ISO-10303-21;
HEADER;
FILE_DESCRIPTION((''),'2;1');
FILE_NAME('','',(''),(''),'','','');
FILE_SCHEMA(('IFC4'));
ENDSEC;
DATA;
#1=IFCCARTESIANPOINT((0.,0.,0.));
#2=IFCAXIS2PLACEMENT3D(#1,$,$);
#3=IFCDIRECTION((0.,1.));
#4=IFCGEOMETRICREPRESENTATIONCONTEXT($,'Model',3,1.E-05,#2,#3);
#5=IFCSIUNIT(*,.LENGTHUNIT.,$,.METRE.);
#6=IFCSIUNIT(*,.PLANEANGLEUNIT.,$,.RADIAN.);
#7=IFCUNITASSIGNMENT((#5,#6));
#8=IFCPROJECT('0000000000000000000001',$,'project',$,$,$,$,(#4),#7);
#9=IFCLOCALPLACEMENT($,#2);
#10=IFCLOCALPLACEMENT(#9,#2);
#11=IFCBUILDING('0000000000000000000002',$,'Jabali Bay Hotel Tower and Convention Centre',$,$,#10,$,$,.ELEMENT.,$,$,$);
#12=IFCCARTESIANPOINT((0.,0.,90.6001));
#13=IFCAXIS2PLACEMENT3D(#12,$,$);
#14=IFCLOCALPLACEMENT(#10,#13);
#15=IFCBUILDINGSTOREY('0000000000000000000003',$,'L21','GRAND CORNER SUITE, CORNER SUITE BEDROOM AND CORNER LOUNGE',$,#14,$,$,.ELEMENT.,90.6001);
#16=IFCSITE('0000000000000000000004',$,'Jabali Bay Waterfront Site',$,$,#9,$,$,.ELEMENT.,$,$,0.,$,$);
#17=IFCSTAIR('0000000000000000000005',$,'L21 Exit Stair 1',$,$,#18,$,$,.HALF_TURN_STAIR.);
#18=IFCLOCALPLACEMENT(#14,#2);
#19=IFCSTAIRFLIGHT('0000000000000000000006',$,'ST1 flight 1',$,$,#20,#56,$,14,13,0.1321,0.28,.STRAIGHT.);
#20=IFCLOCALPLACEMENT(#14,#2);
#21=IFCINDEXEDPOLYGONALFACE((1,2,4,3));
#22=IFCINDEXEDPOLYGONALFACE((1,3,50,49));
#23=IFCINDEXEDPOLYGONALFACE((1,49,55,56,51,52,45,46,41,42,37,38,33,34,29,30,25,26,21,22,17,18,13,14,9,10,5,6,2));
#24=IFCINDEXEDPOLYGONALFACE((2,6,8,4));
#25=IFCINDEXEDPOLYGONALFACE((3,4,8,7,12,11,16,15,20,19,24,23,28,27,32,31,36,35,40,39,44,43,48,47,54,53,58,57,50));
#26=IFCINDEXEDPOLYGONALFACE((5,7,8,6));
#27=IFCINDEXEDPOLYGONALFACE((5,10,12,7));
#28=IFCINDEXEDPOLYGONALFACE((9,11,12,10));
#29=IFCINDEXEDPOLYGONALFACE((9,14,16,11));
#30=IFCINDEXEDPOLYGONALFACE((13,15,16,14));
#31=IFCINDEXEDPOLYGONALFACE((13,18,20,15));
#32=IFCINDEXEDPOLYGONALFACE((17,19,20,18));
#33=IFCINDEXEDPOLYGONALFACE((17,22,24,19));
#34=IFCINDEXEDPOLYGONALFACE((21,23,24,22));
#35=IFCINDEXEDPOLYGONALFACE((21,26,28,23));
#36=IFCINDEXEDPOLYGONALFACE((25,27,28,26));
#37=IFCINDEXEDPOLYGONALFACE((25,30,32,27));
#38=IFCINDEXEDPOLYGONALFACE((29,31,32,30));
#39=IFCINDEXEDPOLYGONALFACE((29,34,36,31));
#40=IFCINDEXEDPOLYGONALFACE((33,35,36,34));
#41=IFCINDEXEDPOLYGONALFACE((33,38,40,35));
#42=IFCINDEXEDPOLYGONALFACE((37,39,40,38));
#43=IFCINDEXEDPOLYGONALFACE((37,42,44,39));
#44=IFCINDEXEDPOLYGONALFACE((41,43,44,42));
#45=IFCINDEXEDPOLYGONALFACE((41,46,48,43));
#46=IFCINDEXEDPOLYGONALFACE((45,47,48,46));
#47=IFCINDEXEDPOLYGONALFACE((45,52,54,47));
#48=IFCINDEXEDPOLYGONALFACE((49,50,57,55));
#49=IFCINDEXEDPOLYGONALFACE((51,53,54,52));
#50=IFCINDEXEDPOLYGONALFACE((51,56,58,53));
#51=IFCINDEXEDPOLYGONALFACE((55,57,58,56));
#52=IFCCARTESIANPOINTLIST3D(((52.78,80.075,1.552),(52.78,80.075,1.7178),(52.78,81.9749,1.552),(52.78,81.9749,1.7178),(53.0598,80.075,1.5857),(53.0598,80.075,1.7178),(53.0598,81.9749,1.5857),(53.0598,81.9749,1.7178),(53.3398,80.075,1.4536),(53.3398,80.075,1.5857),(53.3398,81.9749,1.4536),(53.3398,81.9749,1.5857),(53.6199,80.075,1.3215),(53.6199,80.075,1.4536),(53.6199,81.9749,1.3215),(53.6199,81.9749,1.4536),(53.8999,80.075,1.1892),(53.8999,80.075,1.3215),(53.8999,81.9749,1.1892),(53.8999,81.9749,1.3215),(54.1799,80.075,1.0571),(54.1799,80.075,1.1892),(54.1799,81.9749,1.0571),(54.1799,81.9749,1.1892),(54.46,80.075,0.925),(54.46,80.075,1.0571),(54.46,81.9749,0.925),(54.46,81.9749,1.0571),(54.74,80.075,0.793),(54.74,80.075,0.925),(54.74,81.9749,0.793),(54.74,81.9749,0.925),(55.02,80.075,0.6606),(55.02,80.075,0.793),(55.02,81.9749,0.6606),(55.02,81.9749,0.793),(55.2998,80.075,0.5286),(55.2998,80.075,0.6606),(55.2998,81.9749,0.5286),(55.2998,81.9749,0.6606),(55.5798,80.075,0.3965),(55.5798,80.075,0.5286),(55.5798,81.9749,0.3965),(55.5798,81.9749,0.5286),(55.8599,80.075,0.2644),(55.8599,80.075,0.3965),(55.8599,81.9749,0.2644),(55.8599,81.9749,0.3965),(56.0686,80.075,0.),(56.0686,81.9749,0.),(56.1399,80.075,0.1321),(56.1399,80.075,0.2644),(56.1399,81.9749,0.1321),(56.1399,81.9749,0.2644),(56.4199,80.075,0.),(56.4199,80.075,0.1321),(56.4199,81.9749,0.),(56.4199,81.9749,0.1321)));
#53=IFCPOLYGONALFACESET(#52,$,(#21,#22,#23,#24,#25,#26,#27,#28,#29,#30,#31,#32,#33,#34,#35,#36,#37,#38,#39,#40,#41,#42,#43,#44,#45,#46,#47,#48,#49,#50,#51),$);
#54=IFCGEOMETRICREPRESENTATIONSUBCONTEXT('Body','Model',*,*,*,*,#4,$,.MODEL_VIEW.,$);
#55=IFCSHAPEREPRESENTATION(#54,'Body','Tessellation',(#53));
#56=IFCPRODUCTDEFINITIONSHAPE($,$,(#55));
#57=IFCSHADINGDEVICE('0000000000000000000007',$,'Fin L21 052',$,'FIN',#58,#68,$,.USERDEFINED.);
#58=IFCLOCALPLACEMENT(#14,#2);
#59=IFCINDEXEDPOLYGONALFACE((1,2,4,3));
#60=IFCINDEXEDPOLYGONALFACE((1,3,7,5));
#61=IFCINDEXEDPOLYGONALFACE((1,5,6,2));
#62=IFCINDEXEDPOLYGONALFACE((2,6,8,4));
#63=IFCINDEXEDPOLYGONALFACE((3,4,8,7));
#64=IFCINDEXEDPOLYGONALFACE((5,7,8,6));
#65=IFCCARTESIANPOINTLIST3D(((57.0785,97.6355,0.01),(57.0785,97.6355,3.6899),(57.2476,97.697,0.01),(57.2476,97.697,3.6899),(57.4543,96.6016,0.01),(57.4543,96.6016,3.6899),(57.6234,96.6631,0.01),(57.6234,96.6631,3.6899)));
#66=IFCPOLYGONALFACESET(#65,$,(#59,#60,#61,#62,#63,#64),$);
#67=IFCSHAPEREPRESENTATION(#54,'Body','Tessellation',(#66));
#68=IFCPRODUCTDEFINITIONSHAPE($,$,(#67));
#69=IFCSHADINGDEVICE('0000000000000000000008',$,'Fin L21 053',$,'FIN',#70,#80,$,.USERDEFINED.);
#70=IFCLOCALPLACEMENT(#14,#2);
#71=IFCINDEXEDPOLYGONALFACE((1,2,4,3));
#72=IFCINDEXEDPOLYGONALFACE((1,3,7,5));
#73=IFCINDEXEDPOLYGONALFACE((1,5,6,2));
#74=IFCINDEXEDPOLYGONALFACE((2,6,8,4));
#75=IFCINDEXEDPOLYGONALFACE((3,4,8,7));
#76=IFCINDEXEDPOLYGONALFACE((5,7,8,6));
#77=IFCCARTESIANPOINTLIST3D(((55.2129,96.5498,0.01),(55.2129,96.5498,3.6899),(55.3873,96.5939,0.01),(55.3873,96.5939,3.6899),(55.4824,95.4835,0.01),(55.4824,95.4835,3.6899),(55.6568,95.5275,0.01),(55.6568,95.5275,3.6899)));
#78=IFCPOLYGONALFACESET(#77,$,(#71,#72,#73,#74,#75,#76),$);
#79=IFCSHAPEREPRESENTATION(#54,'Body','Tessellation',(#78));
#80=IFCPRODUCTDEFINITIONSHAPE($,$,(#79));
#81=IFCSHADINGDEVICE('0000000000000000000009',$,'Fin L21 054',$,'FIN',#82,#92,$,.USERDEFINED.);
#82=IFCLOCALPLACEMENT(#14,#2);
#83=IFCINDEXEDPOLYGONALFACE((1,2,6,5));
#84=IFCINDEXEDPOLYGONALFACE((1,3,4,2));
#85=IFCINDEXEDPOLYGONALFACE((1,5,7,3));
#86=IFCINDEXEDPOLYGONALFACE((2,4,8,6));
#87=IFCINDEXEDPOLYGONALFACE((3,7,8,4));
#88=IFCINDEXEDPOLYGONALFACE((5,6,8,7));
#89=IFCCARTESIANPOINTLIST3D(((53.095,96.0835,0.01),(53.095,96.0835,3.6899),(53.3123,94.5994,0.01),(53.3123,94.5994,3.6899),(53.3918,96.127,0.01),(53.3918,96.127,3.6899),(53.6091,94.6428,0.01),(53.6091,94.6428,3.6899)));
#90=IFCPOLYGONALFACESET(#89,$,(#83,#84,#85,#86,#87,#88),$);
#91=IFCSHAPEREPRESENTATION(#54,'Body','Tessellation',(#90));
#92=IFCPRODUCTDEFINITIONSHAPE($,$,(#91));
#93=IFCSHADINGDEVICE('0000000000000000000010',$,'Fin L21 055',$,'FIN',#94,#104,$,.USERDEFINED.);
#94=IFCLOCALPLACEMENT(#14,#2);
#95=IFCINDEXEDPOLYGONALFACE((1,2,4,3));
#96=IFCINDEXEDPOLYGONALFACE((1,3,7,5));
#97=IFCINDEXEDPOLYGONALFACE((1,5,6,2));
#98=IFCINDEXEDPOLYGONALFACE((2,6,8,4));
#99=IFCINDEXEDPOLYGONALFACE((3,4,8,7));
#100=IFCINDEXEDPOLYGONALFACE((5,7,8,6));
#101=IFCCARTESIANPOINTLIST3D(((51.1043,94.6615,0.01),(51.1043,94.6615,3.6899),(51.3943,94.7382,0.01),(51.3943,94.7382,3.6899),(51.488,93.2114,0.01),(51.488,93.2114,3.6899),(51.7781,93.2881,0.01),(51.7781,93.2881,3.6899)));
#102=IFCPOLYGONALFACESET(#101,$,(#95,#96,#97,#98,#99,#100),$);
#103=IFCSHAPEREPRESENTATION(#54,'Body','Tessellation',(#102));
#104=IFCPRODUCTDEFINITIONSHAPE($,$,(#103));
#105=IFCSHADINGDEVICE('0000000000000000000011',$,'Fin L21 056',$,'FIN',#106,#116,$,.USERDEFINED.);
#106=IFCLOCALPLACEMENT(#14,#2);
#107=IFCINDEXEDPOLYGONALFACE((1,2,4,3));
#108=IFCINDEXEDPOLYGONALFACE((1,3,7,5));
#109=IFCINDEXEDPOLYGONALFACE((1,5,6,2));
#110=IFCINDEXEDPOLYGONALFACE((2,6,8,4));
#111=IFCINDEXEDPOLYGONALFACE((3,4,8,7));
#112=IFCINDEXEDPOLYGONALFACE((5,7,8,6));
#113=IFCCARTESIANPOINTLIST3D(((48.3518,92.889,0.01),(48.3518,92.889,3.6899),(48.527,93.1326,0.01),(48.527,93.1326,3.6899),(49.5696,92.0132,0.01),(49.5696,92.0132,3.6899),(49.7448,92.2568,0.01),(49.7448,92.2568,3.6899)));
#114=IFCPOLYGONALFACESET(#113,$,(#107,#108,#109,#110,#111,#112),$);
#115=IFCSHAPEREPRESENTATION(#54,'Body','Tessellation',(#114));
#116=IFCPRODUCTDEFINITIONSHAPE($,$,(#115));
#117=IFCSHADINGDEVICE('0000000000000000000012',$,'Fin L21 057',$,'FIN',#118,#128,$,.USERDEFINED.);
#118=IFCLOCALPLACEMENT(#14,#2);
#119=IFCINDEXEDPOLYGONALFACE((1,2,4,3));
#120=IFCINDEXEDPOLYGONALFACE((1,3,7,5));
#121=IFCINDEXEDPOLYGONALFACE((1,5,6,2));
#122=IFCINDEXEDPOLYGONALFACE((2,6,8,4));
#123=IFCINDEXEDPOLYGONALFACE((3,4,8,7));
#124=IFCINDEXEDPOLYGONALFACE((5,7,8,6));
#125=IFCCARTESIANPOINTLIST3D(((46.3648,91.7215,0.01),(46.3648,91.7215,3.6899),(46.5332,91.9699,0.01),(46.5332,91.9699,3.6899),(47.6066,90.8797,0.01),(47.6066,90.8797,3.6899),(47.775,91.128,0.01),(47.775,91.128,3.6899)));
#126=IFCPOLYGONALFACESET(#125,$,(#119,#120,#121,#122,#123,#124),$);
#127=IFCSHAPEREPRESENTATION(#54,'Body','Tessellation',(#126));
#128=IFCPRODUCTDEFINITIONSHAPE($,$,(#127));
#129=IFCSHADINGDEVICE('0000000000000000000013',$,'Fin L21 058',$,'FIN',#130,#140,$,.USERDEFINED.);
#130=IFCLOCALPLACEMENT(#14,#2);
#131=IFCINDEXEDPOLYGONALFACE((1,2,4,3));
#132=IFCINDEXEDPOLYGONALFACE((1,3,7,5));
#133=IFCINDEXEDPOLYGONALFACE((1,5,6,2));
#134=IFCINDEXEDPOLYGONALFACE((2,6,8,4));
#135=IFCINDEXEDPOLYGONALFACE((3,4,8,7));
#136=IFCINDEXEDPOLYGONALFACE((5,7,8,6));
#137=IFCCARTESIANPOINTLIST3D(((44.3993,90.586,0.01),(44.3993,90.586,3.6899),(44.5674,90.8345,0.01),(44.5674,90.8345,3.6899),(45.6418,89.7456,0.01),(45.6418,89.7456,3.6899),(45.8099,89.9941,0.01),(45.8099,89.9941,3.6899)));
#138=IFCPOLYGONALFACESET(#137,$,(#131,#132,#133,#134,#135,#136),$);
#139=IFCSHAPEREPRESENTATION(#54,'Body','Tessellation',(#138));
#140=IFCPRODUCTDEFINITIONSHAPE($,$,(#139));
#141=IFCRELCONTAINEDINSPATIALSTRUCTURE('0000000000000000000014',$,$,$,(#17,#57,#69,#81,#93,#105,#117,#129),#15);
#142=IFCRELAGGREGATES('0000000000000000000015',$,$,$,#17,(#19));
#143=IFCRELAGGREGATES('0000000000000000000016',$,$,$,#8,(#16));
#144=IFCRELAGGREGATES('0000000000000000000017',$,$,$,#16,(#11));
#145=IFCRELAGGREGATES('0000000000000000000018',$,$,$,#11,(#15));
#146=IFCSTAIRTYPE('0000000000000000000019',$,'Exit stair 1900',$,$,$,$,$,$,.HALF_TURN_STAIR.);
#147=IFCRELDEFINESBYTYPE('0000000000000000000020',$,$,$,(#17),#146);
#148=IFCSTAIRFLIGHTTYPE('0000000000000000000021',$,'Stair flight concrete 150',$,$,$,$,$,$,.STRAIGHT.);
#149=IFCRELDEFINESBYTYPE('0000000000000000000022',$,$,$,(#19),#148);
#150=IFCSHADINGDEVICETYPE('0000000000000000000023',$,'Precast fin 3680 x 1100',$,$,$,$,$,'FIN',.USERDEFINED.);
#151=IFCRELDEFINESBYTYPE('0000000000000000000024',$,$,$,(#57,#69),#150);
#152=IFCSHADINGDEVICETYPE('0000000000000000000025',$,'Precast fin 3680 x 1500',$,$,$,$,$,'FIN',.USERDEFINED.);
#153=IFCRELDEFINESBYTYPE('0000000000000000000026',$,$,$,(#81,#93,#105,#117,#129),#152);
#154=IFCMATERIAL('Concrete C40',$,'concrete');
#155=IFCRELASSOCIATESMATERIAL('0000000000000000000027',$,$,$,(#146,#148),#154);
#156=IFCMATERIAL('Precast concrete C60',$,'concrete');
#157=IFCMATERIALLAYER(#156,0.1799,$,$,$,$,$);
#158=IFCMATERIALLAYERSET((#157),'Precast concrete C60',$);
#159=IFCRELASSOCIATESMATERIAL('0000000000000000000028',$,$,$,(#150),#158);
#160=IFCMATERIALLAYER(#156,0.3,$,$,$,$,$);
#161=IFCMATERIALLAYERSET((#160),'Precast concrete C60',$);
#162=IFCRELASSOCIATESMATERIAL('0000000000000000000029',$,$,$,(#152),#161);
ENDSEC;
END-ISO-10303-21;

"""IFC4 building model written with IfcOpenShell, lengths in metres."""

from ifc_helpers import new_model, si_unit, direction, frame, frame_2d, origin, place, context, subcontext, project, spatial, polyline, rectangle, outline, extrude, material, layer, layer_set, type_object, element, aggregate, save


model = new_model("IFC4")

# Units and contexts
model_context = context("Model", 3, precision=1e-05, world=origin(), true_north=direction((0.0, 1.0)))
body_context = subcontext(model_context, "Body", "Model", "MODEL_VIEW")
ifc_project = project(units=[si_unit("LENGTHUNIT", "METRE"), si_unit("PLANEANGLEUNIT", "RADIAN")], contexts=[model_context])

# Site, building, storey
site_placement = place(None, origin())
site = spatial("IfcSite", under=ifc_project, at=site_placement, Name="Jabali Bay Waterfront Site", CompositionType="ELEMENT", RefElevation=0.0)
building_placement = place(site_placement, origin())
building = spatial("IfcBuilding", under=site, at=building_placement, Name="Jabali Bay Hotel Tower and Convention Centre", CompositionType="ELEMENT")
storey_placement = place(building_placement, frame((0.0, 0.0, 90.6001)))
storey = spatial("IfcBuildingStorey", under=building, at=storey_placement, Name="L21", Description="GRAND CORNER SUITE, CORNER SUITE BEDROOM AND CORNER LOUNGE", CompositionType="ELEMENT", Elevation=90.6001)

# Shared definitions
ifc_material_1 = material(Name="Concrete C40", Category="concrete")

# Stair, stair flight
stair_type = type_object("IfcStairType", Name="Exit stair 1900", PredefinedType="HALF_TURN_STAIR", material=ifc_material_1)
stair_placement = place(storey_placement, origin())
stair = element("IfcStair", 1, at=stair_placement, inside=storey, type_object=stair_type, Name="L21 Exit Stair 1", PredefinedType="HALF_TURN_STAIR")
stair_flight_type = type_object("IfcStairFlightType", Name="Stair flight concrete 150", PredefinedType="STRAIGHT", material=ifc_material_1)
stair_flight_placement = place(storey_placement, frame((56.4199, 81.0249, 0.0), z_axis=(0.0, 0.0, 1.0), x_axis=(-1.0, 0.0, 0.0)))
stair_flight = element("IfcStairFlight", 2, at=stair_flight_placement, type_object=stair_flight_type, Name="ST1 flight 1", NumberOfRisers=14, NumberOfTreads=13, PredefinedType="STRAIGHT", RiserHeight=0.1321, TreadLength=0.28, context=body_context, shape_type="SweptSolid", body=[
    extrude(outline(polyline([(0.0, 0.0), (0.0, 0.1321), (0.28, 0.1321), (0.28, 0.2644), (0.5601, 0.2644), (0.5601, 0.3965), (0.8401, 0.3965), (0.8401, 0.5286), (1.1201, 0.5286), (1.1201, 0.6606), (1.3999, 0.6606), (1.3999, 0.793), (1.6799, 0.793), (1.6799, 0.925), (1.96, 0.925), (1.96, 1.0571), (2.24, 1.0571), (2.24, 1.1892), (2.52, 1.1892), (2.52, 1.3215), (2.8, 1.3215), (2.8, 1.4536), (3.0801, 1.4536), (3.0801, 1.5857), (3.3601, 1.5857), (3.3601, 1.7178), (3.6399, 1.7178), (3.6399, 1.8501), (3.6399, 1.552), (0.3513, 0.0), (0.0, 0.0)])), frame((0.0, 0.95, 0.0), z_axis=(0.0, -1.0, 0.0), x_axis=(1.0, 0.0, 0.0)), (0.0, 0.0, 1.0), 1.8999),
])
aggregate(stair, [stair_flight])

# Shading devices
ifc_material_2 = material(Name="Precast concrete C60", Category="concrete")
ifc_layer_1 = layer(ifc_material_2, 0.1799)
ifc_layer_set_1 = layer_set([ifc_layer_1], Name="Precast concrete C60")
shading_device_type_1 = type_object("IfcShadingDeviceType", Name="Precast fin 3680 x 1100", ElementType="FIN", PredefinedType="USERDEFINED", material=ifc_layer_set_1)
shading_device_1_placement = place(storey_placement, frame((57.5388, 96.6323, 0.01), z_axis=(0.0, 0.0, 1.0), x_axis=(-0.341547, 0.939865, 0.0)))
element("IfcShadingDevice", 3, at=shading_device_1_placement, inside=storey, type_object=shading_device_type_1, Name="Fin L21 052", ObjectType="FIN", PredefinedType="USERDEFINED", context=body_context, shape_type="SweptSolid", body=[
    extrude(rectangle(XDim=1.1001, YDim=0.1799, at=frame_2d((0.55, 0.0))), origin(), (0.0, 0.0, 1.0), 3.6799),
])
shading_device_2_placement = place(storey_placement, frame((55.5696, 95.5056, 0.01), z_axis=(0.0, 0.0, 1.0), x_axis=(-0.245042, 0.969513, 0.0)))
element("IfcShadingDevice", 4, at=shading_device_2_placement, inside=storey, type_object=shading_device_type_1, Name="Fin L21 053", ObjectType="FIN", PredefinedType="USERDEFINED", context=body_context, shape_type="SweptSolid", body=[
    extrude(rectangle(XDim=1.0999, YDim=0.1799, at=frame_2d((0.5498, 0.0))), origin(), (0.0, 0.0, 1.0), 3.6799),
])
ifc_layer_2 = layer(ifc_material_2, 0.3)
ifc_layer_set_2 = layer_set([ifc_layer_2], Name="Precast concrete C60")
shading_device_type_2 = type_object("IfcShadingDeviceType", Name="Precast fin 3680 x 1500", ElementType="FIN", PredefinedType="USERDEFINED", material=ifc_layer_set_2)
for number, where, z_axis, x_axis, name in (
    (5, (53.4607, 94.6211, 0.01), (0.0, 0.0, 1.0), (-0.144861, 0.989452, 0.0), "Fin L21 054"),
    (6, (51.6331, 93.2498, 0.01), (0.0, 0.0, 1.0), (-0.255839, 0.966719, 0.0), "Fin L21 055"),
    (7, (49.6572, 92.135, 0.01), (0.0, 0.0, 1.0), (-0.811871, 0.583837, 0.0), "Fin L21 056"),
):
    element("IfcShadingDevice", number, at=place(storey_placement, frame(where, z_axis=z_axis, x_axis=x_axis)), inside=storey, type_object=shading_device_type_2, Name=name, ObjectType="FIN", PredefinedType="USERDEFINED", context=body_context, shape_type="SweptSolid", body=[
        extrude(rectangle(XDim=1.5, YDim=0.3, at=frame_2d((0.75, 0.0))), origin(), (0.0, 0.0, 1.0), 3.6799),
    ])
shading_device_3_placement = place(storey_placement, frame((47.6907, 91.0039, 0.01), z_axis=(0.0, 0.0, 1.0), x_axis=(-0.827719, 0.561143, 0.0)))
element("IfcShadingDevice", 8, at=shading_device_3_placement, inside=storey, type_object=shading_device_type_2, Name="Fin L21 057", ObjectType="FIN", PredefinedType="USERDEFINED", context=body_context, shape_type="SweptSolid", body=[
    extrude(rectangle(XDim=1.5002, YDim=0.3, at=frame_2d((0.75, 0.0))), origin(), (0.0, 0.0, 1.0), 3.6799),
])
shading_device_4_placement = place(storey_placement, frame((45.7258, 89.8699, 0.01), z_axis=(0.0, 0.0, 1.0), x_axis=(-0.828326, 0.560247, 0.0)))
element("IfcShadingDevice", 9, at=shading_device_4_placement, inside=storey, type_object=shading_device_type_2, Name="Fin L21 058", ObjectType="FIN", PredefinedType="USERDEFINED", context=body_context, shape_type="SweptSolid", body=[
    extrude(rectangle(XDim=1.5, YDim=0.3, at=frame_2d((0.75, 0.0))), origin(), (0.0, 0.0, 1.0), 3.6799),
])

save(model, "model.ifc")
